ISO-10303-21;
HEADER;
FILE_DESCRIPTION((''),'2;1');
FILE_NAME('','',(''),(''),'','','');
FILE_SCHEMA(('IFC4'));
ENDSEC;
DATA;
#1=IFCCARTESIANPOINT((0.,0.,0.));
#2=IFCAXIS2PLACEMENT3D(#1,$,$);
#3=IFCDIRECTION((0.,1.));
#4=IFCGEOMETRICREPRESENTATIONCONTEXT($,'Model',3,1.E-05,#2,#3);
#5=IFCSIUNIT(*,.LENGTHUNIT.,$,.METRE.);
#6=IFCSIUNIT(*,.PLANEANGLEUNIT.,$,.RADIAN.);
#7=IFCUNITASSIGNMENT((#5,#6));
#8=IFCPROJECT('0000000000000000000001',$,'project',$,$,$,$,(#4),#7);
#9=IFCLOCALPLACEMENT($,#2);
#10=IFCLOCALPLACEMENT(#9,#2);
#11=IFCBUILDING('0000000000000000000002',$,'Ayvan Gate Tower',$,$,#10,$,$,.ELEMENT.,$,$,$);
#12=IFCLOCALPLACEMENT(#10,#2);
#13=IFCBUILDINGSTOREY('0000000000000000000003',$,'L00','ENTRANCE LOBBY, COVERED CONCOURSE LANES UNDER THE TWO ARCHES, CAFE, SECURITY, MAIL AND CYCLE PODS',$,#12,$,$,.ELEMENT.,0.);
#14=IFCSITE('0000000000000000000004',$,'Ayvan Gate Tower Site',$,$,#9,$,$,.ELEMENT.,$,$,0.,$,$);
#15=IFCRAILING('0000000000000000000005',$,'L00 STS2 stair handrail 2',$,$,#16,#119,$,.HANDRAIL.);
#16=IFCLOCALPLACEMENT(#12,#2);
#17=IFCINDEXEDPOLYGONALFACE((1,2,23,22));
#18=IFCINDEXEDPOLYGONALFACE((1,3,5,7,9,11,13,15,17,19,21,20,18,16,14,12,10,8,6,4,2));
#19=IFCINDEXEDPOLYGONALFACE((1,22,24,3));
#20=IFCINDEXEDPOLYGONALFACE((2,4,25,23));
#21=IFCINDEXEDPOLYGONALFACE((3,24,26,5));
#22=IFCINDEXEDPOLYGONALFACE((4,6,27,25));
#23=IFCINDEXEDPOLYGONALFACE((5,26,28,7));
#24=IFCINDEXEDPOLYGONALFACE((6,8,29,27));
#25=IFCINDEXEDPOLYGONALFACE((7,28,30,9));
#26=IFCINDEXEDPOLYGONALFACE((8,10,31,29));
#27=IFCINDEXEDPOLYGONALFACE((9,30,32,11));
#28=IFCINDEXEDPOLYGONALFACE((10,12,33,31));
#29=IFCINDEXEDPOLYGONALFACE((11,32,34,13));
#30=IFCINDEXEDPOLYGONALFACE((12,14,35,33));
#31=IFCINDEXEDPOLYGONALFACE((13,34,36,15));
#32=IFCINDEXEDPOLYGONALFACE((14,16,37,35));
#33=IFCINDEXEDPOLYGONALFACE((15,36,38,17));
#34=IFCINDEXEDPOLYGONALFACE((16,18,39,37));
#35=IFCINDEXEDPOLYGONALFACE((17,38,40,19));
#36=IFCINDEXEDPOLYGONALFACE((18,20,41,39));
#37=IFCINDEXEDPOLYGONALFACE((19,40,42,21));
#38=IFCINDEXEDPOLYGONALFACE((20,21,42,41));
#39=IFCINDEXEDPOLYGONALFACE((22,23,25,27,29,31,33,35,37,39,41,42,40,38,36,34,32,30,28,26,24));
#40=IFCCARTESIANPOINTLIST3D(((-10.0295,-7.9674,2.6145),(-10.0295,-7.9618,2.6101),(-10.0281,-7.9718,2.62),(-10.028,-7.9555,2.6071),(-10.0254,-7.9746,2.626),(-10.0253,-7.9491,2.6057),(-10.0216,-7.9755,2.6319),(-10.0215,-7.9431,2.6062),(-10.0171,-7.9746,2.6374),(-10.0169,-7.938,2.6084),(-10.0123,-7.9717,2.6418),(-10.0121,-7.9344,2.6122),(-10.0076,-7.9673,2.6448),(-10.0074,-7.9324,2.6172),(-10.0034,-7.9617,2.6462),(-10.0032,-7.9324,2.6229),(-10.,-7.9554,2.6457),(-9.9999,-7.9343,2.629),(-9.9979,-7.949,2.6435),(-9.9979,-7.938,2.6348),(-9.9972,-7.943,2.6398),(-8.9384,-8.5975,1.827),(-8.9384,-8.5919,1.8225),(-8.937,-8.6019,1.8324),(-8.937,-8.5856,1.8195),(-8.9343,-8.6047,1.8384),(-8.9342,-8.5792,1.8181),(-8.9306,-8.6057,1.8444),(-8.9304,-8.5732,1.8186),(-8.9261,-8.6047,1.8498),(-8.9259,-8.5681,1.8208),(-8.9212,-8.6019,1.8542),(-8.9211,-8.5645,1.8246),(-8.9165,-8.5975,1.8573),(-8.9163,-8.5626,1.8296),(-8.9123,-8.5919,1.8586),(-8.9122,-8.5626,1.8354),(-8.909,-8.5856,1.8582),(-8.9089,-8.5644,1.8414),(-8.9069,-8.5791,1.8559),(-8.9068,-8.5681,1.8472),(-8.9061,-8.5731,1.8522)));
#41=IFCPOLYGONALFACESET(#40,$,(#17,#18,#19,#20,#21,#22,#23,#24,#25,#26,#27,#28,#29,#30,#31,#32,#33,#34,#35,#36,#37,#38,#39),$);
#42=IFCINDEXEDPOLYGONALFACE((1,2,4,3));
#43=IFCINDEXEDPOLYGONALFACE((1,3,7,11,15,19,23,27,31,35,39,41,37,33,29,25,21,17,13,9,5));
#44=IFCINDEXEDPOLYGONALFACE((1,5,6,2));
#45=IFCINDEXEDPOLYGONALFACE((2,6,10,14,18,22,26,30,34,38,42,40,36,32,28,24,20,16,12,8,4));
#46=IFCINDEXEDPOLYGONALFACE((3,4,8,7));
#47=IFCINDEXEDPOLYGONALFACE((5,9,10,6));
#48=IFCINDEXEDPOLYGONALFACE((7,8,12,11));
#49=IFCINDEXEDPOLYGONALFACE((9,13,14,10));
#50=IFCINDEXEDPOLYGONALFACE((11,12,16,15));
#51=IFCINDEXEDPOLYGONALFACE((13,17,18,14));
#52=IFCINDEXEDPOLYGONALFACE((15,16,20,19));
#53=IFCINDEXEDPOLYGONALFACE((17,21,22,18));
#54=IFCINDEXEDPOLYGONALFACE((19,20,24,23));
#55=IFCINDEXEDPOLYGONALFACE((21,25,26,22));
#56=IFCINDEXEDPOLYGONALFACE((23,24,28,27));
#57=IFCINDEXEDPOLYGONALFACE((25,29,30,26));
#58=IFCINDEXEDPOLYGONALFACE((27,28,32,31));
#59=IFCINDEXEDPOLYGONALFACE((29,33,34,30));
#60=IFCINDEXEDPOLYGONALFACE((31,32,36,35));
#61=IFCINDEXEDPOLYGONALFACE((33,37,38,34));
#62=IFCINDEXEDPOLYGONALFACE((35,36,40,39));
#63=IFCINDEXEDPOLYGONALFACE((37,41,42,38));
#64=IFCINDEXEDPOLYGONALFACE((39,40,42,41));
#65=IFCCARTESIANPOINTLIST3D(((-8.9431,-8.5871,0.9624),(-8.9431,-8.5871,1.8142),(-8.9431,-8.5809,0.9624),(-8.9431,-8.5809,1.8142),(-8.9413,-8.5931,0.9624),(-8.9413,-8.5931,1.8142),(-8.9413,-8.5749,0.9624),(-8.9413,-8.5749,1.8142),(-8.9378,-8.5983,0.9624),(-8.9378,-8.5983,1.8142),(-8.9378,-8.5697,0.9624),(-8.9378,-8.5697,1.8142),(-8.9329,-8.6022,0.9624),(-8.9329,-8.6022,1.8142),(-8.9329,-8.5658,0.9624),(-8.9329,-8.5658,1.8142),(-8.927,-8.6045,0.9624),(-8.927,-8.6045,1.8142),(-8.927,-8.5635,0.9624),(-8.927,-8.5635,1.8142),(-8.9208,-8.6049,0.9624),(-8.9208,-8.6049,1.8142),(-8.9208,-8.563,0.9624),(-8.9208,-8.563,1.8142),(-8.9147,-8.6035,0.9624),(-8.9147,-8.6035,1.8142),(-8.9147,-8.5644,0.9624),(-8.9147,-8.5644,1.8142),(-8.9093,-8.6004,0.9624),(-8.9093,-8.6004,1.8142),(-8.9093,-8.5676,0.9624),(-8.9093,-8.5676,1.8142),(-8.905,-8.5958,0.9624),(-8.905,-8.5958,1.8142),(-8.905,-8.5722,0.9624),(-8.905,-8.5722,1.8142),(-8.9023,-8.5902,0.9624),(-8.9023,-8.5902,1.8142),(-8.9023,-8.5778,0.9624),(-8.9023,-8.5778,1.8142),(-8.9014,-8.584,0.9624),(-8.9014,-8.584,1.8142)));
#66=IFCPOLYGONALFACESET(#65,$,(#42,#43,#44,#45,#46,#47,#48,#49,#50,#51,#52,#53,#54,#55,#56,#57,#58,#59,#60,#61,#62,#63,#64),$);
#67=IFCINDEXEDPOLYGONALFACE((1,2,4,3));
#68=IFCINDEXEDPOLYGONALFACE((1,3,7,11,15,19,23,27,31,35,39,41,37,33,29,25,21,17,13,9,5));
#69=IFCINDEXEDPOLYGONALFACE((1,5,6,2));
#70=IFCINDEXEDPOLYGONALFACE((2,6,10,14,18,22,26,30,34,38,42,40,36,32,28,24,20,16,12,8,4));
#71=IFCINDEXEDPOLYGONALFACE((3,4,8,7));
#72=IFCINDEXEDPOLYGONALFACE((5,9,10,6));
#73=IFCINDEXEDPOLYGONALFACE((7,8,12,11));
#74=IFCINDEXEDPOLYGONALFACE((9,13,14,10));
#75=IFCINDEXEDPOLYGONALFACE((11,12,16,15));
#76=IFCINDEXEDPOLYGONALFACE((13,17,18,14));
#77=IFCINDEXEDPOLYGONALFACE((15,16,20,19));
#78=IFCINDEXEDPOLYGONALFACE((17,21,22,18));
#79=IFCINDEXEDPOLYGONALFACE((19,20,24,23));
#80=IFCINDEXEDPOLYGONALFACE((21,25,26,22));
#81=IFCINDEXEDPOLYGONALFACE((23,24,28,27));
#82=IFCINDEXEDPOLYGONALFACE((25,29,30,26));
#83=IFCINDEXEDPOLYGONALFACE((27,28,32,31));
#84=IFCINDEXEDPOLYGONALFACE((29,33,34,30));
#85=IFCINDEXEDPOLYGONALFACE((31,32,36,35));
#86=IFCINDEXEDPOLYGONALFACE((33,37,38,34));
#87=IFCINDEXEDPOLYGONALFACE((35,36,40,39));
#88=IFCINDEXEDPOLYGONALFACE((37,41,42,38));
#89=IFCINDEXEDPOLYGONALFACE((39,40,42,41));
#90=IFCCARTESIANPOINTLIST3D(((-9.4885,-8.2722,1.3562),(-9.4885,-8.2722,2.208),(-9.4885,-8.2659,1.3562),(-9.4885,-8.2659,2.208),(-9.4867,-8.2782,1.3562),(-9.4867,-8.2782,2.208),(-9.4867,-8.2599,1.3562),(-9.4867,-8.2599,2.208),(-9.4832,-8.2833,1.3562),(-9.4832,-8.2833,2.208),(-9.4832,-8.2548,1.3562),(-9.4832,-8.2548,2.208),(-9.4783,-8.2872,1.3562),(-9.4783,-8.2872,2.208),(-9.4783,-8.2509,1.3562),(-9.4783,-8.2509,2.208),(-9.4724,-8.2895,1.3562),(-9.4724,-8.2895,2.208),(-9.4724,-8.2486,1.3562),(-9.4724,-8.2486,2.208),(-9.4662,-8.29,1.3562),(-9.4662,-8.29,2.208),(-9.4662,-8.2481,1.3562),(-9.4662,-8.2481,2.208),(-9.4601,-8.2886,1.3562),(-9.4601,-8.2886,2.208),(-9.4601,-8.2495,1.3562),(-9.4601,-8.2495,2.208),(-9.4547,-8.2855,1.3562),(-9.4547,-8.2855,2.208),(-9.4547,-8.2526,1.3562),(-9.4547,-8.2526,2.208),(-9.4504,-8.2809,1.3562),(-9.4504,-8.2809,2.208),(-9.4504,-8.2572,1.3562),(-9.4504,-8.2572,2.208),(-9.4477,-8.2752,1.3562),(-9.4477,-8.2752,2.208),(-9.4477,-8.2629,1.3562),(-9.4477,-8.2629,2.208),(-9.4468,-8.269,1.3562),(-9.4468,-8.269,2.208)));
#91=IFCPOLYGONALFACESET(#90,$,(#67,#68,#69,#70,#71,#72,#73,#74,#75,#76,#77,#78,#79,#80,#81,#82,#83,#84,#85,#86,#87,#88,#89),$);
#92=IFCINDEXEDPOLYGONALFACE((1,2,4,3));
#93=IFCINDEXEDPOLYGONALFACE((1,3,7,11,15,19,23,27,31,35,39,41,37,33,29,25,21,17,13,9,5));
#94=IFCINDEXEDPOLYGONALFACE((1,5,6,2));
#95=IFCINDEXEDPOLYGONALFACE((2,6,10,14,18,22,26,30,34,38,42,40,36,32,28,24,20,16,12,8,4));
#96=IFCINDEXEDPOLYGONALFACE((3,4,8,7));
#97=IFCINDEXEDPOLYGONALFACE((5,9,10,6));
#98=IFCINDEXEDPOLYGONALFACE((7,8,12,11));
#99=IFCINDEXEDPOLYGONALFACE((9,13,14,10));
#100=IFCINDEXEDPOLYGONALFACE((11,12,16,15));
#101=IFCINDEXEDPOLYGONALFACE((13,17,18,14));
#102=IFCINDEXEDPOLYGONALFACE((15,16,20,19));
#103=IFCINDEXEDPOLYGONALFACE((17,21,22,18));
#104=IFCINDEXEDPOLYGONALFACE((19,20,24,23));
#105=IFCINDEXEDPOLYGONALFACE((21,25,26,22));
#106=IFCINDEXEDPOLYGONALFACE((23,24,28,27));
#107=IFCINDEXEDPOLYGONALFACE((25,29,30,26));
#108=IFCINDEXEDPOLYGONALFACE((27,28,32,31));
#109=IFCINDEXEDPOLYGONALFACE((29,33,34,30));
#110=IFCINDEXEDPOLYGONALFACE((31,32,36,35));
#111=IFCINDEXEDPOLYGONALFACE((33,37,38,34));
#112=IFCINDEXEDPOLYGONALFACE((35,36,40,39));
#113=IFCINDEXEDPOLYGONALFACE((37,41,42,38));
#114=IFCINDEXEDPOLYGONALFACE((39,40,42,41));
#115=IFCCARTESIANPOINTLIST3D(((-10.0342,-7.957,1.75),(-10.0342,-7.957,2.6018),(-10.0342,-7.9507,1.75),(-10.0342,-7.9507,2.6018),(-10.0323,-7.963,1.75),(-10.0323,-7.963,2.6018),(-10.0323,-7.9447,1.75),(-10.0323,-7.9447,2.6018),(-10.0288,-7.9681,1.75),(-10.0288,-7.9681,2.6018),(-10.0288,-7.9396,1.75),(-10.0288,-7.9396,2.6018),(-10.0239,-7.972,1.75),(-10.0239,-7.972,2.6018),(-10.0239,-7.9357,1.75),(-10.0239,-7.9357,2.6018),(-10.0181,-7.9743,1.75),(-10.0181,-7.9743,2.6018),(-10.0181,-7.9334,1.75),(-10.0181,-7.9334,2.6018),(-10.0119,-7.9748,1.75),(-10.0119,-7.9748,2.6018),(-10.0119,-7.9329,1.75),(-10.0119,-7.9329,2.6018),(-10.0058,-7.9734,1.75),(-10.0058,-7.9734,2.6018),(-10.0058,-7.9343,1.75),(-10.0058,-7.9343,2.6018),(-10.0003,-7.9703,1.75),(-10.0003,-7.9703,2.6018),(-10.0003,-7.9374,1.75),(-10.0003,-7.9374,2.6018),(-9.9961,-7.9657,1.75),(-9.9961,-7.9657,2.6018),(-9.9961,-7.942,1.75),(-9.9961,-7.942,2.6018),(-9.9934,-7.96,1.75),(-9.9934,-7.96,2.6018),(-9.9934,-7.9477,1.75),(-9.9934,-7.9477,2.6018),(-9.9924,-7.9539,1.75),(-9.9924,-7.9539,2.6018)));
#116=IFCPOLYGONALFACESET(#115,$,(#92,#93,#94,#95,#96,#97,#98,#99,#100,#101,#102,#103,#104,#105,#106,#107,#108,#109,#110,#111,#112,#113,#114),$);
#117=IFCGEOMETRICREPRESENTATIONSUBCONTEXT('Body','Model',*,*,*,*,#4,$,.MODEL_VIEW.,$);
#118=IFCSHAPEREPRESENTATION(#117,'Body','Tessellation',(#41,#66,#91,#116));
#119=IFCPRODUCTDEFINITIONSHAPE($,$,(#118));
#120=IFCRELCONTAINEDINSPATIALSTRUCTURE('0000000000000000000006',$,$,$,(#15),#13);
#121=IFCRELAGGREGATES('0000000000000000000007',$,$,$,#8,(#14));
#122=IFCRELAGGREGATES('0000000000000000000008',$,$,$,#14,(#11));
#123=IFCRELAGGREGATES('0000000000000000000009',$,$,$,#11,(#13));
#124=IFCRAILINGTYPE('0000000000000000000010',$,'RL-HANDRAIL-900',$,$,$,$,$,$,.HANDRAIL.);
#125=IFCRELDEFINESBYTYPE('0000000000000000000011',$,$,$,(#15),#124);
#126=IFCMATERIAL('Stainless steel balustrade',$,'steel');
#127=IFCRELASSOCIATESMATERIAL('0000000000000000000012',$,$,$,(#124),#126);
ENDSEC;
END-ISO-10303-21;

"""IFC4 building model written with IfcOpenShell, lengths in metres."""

from ifc_helpers import new_model, si_unit, direction, frame, origin, origin_2d, place, context, subcontext, project, spatial, circle, extrude, material, type_object, element, save


model = new_model("IFC4")

# Units and contexts
model_context = context("Model", 3, precision=1e-05, world=origin(), true_north=direction((0.0, 1.0)))
body_context = subcontext(model_context, "Body", "Model", "MODEL_VIEW")
ifc_project = project(units=[si_unit("LENGTHUNIT", "METRE"), si_unit("PLANEANGLEUNIT", "RADIAN")], contexts=[model_context])

# Site, building, storey
site_placement = place(None, origin())
site = spatial("IfcSite", under=ifc_project, at=site_placement, Name="Ayvan Gate Tower Site", CompositionType="ELEMENT", RefElevation=0.0)
building_placement = place(site_placement, origin())
building = spatial("IfcBuilding", under=site, at=building_placement, Name="Ayvan Gate Tower", CompositionType="ELEMENT")
storey_placement = place(building_placement, origin())
storey = spatial("IfcBuildingStorey", under=building, at=storey_placement, Name="L00", Description="ENTRANCE LOBBY, COVERED CONCOURSE LANES UNDER THE TWO ARCHES, CAFE, SECURITY, MAIL AND CYCLE PODS", CompositionType="ELEMENT", Elevation=0.0)

# Railing
ifc_material_1 = material(Name="Stainless steel balustrade", Category="steel")
railing_type_1 = type_object("IfcRailingType", Name="RL-HANDRAIL-900", PredefinedType="HANDRAIL", material=ifc_material_1)
railing_1_placement = place(storey_placement, frame((-8.9224, -8.584, 0.9624)))
element("IfcRailing", 1, at=railing_1_placement, inside=storey, type_object=railing_type_1, Name="L00 STS2 stair handrail 2", PredefinedType="HANDRAIL", context=body_context, shape_type="SweptSolid", body=[
    extrude(circle(Radius=0.0239, at=origin_2d()), frame((0.0, 0.0, 0.876), z_axis=(-0.734296, 0.424081, 0.53006), x_axis=(-0.500119, -0.865956, 0.0)), (0.0, 0.0, 1.0), 1.4858),
    extrude(circle(Radius=0.021, at=origin_2d()), origin(), (0.0, 0.0, 1.0), 0.8518),
    extrude(circle(Radius=0.021, at=origin_2d()), frame((-0.5454, 0.3149, 0.3938)), (0.0, 0.0, 1.0), 0.8518),
    extrude(circle(Radius=0.021, at=origin_2d()), frame((-1.0911, 0.6301, 0.7876)), (0.0, 0.0, 1.0), 0.8518),
])

save(model, "model.ifc")
